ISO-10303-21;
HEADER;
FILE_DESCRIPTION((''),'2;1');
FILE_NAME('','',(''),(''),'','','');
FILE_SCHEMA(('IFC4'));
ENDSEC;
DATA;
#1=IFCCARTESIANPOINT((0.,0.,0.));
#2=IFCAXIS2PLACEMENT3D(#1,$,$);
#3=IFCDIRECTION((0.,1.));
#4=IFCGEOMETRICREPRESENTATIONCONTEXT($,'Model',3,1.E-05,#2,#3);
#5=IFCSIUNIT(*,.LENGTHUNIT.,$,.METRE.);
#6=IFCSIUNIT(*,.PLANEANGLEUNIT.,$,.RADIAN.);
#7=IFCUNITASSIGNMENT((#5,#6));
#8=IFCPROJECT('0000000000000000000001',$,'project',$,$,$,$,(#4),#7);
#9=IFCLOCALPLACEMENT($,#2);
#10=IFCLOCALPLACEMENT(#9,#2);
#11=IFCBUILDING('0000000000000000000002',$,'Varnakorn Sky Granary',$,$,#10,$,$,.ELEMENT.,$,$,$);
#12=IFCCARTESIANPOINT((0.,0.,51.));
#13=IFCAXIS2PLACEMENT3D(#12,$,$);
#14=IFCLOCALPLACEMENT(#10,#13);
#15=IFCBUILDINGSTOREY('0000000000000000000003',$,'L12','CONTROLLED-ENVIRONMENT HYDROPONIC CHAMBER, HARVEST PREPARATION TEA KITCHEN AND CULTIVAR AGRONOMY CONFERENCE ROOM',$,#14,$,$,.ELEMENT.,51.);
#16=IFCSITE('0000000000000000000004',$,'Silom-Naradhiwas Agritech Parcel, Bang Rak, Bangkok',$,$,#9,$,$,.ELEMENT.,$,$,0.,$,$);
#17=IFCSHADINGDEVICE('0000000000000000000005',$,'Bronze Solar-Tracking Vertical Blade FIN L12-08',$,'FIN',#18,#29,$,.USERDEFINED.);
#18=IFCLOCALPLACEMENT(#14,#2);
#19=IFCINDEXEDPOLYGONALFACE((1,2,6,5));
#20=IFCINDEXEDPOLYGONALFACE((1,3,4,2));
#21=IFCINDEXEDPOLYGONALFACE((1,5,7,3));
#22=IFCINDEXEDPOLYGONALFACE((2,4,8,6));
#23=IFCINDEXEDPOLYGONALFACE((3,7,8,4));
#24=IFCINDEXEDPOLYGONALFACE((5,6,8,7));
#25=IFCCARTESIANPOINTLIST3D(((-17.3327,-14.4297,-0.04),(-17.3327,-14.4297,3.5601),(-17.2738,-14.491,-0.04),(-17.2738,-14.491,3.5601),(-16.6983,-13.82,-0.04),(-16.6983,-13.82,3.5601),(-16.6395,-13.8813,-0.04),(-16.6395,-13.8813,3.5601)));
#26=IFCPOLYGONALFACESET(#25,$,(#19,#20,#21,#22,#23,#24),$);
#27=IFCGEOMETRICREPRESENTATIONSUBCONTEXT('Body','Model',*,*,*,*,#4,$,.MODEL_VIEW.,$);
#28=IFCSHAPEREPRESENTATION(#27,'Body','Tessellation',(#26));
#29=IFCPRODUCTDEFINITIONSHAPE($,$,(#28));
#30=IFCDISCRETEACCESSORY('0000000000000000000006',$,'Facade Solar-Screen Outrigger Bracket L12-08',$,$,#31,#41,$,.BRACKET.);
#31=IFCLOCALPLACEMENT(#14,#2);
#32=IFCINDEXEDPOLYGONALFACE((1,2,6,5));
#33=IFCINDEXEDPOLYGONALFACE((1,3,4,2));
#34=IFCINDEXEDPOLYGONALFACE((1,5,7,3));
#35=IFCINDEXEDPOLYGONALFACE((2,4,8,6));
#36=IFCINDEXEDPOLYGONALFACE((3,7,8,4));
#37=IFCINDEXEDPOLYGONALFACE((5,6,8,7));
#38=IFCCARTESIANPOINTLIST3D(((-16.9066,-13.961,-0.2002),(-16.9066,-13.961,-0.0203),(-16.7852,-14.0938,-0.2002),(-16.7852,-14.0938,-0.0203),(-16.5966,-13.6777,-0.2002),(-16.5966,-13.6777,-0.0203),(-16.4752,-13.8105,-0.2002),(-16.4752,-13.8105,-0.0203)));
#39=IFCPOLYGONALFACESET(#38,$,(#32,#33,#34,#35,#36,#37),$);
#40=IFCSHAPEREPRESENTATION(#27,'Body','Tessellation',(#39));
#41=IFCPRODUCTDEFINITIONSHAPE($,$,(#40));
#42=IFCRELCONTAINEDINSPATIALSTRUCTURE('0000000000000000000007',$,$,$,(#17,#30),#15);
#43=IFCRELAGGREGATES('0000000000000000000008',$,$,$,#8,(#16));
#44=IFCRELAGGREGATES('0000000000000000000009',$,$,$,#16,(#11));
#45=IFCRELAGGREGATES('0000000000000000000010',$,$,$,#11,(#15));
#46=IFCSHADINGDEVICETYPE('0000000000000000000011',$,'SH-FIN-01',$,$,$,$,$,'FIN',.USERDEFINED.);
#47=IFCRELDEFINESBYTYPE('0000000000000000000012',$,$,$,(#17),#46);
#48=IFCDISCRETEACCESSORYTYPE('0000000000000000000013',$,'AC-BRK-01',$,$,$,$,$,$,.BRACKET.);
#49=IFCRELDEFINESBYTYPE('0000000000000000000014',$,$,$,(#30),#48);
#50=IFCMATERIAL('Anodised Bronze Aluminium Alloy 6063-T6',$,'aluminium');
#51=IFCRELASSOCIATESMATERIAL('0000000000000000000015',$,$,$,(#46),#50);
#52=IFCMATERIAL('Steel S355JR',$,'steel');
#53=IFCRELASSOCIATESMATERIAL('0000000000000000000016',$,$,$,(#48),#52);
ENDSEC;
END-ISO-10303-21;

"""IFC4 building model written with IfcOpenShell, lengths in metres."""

from ifc_helpers import new_model, si_unit, direction, frame, origin, origin_2d, place, context, subcontext, project, spatial, rectangle, extrude, source, transform, mapped, material, type_object, type_shapes, element, save


model = new_model("IFC4")

# Units and contexts
model_context = context("Model", 3, precision=1e-05, world=origin(), true_north=direction((0.0, 1.0)))
body_context = subcontext(model_context, "Body", "Model", "MODEL_VIEW")
ifc_project = project(units=[si_unit("LENGTHUNIT", "METRE"), si_unit("PLANEANGLEUNIT", "RADIAN")], contexts=[model_context])

# Site, building, storey
site_placement = place(None, origin())
site = spatial("IfcSite", under=ifc_project, at=site_placement, Name="Silom-Naradhiwas Agritech Parcel, Bang Rak, Bangkok", CompositionType="ELEMENT", RefElevation=0.0)
building_placement = place(site_placement, origin())
building = spatial("IfcBuilding", under=site, at=building_placement, Name="Varnakorn Sky Granary", CompositionType="ELEMENT")
storey_placement = place(building_placement, frame((0.0, 0.0, 51.0)))
storey = spatial("IfcBuildingStorey", under=building, at=storey_placement, Name="L12", Description="CONTROLLED-ENVIRONMENT HYDROPONIC CHAMBER, HARVEST PREPARATION TEA KITCHEN AND CULTIVAR AGRONOMY CONFERENCE ROOM", CompositionType="ELEMENT", Elevation=51.0)

# Shared definitions
ifc_material_1 = material(Name="Steel S355JR", Category="steel")

# Shared definitions
ifc_material_2 = material(Name="Anodised Bronze Aluminium Alloy 6063-T6", Category="aluminium")

# Shading device
shading_device_type = type_object("IfcShadingDeviceType", Name="SH-FIN-01", ElementType="FIN", PredefinedType="USERDEFINED", material=ifc_material_2)
shared_shape_1 = source(origin(), body_context, "Body", "SweptSolid", [
    extrude(rectangle(XDim=0.085, YDim=0.8799, at=origin_2d()), origin(), (0.0, 0.0, 1.0), 3.6001),
])
type_shapes(shading_device_type, [shared_shape_1])
shading_device_placement = place(storey_placement, frame((-16.9861, -14.1555, -0.04), z_axis=(0.0, 0.0, 1.0), x_axis=(0.692941, -0.720995, 0.0)))
element("IfcShadingDevice", 1, at=shading_device_placement, inside=storey, type_object=shading_device_type, Name="Bronze Solar-Tracking Vertical Blade FIN L12-08", ObjectType="FIN", PredefinedType="USERDEFINED", context=body_context, shape_type="MappedRepresentation", body=[
    mapped(shared_shape_1, transform((0.0, 0.0, 0.0), x_axis=(1.0, 0.0, 0.0), y_axis=(0.0, 1.0, 0.0), z_axis=(0.0, 0.0, 1.0), scale=1.0)),
])

# Discrete accessory
discrete_accessory_type = type_object("IfcDiscreteAccessoryType", Name="AC-BRK-01", PredefinedType="BRACKET", material=ifc_material_1)
shared_shape_2 = source(origin(), body_context, "Body", "SweptSolid", [
    extrude(rectangle(XDim=0.1799, YDim=0.4199, at=origin_2d()), origin(), (0.0, 0.0, 1.0), 0.1799),
])
type_shapes(discrete_accessory_type, [shared_shape_2])
discrete_accessory_placement = place(storey_placement, frame((-16.6909, -13.8857, -0.2002), z_axis=(0.0, 0.0, 1.0), x_axis=(0.674686, -0.738104, 0.0)))
element("IfcDiscreteAccessory", 2, at=discrete_accessory_placement, inside=storey, type_object=discrete_accessory_type, Name="Facade Solar-Screen Outrigger Bracket L12-08", PredefinedType="BRACKET", context=body_context, shape_type="MappedRepresentation", body=[
    mapped(shared_shape_2, transform((0.0, 0.0, 0.0), x_axis=(1.0, 0.0, 0.0), y_axis=(0.0, 1.0, 0.0), z_axis=(0.0, 0.0, 1.0), scale=1.0)),
])

save(model, "model.ifc")
